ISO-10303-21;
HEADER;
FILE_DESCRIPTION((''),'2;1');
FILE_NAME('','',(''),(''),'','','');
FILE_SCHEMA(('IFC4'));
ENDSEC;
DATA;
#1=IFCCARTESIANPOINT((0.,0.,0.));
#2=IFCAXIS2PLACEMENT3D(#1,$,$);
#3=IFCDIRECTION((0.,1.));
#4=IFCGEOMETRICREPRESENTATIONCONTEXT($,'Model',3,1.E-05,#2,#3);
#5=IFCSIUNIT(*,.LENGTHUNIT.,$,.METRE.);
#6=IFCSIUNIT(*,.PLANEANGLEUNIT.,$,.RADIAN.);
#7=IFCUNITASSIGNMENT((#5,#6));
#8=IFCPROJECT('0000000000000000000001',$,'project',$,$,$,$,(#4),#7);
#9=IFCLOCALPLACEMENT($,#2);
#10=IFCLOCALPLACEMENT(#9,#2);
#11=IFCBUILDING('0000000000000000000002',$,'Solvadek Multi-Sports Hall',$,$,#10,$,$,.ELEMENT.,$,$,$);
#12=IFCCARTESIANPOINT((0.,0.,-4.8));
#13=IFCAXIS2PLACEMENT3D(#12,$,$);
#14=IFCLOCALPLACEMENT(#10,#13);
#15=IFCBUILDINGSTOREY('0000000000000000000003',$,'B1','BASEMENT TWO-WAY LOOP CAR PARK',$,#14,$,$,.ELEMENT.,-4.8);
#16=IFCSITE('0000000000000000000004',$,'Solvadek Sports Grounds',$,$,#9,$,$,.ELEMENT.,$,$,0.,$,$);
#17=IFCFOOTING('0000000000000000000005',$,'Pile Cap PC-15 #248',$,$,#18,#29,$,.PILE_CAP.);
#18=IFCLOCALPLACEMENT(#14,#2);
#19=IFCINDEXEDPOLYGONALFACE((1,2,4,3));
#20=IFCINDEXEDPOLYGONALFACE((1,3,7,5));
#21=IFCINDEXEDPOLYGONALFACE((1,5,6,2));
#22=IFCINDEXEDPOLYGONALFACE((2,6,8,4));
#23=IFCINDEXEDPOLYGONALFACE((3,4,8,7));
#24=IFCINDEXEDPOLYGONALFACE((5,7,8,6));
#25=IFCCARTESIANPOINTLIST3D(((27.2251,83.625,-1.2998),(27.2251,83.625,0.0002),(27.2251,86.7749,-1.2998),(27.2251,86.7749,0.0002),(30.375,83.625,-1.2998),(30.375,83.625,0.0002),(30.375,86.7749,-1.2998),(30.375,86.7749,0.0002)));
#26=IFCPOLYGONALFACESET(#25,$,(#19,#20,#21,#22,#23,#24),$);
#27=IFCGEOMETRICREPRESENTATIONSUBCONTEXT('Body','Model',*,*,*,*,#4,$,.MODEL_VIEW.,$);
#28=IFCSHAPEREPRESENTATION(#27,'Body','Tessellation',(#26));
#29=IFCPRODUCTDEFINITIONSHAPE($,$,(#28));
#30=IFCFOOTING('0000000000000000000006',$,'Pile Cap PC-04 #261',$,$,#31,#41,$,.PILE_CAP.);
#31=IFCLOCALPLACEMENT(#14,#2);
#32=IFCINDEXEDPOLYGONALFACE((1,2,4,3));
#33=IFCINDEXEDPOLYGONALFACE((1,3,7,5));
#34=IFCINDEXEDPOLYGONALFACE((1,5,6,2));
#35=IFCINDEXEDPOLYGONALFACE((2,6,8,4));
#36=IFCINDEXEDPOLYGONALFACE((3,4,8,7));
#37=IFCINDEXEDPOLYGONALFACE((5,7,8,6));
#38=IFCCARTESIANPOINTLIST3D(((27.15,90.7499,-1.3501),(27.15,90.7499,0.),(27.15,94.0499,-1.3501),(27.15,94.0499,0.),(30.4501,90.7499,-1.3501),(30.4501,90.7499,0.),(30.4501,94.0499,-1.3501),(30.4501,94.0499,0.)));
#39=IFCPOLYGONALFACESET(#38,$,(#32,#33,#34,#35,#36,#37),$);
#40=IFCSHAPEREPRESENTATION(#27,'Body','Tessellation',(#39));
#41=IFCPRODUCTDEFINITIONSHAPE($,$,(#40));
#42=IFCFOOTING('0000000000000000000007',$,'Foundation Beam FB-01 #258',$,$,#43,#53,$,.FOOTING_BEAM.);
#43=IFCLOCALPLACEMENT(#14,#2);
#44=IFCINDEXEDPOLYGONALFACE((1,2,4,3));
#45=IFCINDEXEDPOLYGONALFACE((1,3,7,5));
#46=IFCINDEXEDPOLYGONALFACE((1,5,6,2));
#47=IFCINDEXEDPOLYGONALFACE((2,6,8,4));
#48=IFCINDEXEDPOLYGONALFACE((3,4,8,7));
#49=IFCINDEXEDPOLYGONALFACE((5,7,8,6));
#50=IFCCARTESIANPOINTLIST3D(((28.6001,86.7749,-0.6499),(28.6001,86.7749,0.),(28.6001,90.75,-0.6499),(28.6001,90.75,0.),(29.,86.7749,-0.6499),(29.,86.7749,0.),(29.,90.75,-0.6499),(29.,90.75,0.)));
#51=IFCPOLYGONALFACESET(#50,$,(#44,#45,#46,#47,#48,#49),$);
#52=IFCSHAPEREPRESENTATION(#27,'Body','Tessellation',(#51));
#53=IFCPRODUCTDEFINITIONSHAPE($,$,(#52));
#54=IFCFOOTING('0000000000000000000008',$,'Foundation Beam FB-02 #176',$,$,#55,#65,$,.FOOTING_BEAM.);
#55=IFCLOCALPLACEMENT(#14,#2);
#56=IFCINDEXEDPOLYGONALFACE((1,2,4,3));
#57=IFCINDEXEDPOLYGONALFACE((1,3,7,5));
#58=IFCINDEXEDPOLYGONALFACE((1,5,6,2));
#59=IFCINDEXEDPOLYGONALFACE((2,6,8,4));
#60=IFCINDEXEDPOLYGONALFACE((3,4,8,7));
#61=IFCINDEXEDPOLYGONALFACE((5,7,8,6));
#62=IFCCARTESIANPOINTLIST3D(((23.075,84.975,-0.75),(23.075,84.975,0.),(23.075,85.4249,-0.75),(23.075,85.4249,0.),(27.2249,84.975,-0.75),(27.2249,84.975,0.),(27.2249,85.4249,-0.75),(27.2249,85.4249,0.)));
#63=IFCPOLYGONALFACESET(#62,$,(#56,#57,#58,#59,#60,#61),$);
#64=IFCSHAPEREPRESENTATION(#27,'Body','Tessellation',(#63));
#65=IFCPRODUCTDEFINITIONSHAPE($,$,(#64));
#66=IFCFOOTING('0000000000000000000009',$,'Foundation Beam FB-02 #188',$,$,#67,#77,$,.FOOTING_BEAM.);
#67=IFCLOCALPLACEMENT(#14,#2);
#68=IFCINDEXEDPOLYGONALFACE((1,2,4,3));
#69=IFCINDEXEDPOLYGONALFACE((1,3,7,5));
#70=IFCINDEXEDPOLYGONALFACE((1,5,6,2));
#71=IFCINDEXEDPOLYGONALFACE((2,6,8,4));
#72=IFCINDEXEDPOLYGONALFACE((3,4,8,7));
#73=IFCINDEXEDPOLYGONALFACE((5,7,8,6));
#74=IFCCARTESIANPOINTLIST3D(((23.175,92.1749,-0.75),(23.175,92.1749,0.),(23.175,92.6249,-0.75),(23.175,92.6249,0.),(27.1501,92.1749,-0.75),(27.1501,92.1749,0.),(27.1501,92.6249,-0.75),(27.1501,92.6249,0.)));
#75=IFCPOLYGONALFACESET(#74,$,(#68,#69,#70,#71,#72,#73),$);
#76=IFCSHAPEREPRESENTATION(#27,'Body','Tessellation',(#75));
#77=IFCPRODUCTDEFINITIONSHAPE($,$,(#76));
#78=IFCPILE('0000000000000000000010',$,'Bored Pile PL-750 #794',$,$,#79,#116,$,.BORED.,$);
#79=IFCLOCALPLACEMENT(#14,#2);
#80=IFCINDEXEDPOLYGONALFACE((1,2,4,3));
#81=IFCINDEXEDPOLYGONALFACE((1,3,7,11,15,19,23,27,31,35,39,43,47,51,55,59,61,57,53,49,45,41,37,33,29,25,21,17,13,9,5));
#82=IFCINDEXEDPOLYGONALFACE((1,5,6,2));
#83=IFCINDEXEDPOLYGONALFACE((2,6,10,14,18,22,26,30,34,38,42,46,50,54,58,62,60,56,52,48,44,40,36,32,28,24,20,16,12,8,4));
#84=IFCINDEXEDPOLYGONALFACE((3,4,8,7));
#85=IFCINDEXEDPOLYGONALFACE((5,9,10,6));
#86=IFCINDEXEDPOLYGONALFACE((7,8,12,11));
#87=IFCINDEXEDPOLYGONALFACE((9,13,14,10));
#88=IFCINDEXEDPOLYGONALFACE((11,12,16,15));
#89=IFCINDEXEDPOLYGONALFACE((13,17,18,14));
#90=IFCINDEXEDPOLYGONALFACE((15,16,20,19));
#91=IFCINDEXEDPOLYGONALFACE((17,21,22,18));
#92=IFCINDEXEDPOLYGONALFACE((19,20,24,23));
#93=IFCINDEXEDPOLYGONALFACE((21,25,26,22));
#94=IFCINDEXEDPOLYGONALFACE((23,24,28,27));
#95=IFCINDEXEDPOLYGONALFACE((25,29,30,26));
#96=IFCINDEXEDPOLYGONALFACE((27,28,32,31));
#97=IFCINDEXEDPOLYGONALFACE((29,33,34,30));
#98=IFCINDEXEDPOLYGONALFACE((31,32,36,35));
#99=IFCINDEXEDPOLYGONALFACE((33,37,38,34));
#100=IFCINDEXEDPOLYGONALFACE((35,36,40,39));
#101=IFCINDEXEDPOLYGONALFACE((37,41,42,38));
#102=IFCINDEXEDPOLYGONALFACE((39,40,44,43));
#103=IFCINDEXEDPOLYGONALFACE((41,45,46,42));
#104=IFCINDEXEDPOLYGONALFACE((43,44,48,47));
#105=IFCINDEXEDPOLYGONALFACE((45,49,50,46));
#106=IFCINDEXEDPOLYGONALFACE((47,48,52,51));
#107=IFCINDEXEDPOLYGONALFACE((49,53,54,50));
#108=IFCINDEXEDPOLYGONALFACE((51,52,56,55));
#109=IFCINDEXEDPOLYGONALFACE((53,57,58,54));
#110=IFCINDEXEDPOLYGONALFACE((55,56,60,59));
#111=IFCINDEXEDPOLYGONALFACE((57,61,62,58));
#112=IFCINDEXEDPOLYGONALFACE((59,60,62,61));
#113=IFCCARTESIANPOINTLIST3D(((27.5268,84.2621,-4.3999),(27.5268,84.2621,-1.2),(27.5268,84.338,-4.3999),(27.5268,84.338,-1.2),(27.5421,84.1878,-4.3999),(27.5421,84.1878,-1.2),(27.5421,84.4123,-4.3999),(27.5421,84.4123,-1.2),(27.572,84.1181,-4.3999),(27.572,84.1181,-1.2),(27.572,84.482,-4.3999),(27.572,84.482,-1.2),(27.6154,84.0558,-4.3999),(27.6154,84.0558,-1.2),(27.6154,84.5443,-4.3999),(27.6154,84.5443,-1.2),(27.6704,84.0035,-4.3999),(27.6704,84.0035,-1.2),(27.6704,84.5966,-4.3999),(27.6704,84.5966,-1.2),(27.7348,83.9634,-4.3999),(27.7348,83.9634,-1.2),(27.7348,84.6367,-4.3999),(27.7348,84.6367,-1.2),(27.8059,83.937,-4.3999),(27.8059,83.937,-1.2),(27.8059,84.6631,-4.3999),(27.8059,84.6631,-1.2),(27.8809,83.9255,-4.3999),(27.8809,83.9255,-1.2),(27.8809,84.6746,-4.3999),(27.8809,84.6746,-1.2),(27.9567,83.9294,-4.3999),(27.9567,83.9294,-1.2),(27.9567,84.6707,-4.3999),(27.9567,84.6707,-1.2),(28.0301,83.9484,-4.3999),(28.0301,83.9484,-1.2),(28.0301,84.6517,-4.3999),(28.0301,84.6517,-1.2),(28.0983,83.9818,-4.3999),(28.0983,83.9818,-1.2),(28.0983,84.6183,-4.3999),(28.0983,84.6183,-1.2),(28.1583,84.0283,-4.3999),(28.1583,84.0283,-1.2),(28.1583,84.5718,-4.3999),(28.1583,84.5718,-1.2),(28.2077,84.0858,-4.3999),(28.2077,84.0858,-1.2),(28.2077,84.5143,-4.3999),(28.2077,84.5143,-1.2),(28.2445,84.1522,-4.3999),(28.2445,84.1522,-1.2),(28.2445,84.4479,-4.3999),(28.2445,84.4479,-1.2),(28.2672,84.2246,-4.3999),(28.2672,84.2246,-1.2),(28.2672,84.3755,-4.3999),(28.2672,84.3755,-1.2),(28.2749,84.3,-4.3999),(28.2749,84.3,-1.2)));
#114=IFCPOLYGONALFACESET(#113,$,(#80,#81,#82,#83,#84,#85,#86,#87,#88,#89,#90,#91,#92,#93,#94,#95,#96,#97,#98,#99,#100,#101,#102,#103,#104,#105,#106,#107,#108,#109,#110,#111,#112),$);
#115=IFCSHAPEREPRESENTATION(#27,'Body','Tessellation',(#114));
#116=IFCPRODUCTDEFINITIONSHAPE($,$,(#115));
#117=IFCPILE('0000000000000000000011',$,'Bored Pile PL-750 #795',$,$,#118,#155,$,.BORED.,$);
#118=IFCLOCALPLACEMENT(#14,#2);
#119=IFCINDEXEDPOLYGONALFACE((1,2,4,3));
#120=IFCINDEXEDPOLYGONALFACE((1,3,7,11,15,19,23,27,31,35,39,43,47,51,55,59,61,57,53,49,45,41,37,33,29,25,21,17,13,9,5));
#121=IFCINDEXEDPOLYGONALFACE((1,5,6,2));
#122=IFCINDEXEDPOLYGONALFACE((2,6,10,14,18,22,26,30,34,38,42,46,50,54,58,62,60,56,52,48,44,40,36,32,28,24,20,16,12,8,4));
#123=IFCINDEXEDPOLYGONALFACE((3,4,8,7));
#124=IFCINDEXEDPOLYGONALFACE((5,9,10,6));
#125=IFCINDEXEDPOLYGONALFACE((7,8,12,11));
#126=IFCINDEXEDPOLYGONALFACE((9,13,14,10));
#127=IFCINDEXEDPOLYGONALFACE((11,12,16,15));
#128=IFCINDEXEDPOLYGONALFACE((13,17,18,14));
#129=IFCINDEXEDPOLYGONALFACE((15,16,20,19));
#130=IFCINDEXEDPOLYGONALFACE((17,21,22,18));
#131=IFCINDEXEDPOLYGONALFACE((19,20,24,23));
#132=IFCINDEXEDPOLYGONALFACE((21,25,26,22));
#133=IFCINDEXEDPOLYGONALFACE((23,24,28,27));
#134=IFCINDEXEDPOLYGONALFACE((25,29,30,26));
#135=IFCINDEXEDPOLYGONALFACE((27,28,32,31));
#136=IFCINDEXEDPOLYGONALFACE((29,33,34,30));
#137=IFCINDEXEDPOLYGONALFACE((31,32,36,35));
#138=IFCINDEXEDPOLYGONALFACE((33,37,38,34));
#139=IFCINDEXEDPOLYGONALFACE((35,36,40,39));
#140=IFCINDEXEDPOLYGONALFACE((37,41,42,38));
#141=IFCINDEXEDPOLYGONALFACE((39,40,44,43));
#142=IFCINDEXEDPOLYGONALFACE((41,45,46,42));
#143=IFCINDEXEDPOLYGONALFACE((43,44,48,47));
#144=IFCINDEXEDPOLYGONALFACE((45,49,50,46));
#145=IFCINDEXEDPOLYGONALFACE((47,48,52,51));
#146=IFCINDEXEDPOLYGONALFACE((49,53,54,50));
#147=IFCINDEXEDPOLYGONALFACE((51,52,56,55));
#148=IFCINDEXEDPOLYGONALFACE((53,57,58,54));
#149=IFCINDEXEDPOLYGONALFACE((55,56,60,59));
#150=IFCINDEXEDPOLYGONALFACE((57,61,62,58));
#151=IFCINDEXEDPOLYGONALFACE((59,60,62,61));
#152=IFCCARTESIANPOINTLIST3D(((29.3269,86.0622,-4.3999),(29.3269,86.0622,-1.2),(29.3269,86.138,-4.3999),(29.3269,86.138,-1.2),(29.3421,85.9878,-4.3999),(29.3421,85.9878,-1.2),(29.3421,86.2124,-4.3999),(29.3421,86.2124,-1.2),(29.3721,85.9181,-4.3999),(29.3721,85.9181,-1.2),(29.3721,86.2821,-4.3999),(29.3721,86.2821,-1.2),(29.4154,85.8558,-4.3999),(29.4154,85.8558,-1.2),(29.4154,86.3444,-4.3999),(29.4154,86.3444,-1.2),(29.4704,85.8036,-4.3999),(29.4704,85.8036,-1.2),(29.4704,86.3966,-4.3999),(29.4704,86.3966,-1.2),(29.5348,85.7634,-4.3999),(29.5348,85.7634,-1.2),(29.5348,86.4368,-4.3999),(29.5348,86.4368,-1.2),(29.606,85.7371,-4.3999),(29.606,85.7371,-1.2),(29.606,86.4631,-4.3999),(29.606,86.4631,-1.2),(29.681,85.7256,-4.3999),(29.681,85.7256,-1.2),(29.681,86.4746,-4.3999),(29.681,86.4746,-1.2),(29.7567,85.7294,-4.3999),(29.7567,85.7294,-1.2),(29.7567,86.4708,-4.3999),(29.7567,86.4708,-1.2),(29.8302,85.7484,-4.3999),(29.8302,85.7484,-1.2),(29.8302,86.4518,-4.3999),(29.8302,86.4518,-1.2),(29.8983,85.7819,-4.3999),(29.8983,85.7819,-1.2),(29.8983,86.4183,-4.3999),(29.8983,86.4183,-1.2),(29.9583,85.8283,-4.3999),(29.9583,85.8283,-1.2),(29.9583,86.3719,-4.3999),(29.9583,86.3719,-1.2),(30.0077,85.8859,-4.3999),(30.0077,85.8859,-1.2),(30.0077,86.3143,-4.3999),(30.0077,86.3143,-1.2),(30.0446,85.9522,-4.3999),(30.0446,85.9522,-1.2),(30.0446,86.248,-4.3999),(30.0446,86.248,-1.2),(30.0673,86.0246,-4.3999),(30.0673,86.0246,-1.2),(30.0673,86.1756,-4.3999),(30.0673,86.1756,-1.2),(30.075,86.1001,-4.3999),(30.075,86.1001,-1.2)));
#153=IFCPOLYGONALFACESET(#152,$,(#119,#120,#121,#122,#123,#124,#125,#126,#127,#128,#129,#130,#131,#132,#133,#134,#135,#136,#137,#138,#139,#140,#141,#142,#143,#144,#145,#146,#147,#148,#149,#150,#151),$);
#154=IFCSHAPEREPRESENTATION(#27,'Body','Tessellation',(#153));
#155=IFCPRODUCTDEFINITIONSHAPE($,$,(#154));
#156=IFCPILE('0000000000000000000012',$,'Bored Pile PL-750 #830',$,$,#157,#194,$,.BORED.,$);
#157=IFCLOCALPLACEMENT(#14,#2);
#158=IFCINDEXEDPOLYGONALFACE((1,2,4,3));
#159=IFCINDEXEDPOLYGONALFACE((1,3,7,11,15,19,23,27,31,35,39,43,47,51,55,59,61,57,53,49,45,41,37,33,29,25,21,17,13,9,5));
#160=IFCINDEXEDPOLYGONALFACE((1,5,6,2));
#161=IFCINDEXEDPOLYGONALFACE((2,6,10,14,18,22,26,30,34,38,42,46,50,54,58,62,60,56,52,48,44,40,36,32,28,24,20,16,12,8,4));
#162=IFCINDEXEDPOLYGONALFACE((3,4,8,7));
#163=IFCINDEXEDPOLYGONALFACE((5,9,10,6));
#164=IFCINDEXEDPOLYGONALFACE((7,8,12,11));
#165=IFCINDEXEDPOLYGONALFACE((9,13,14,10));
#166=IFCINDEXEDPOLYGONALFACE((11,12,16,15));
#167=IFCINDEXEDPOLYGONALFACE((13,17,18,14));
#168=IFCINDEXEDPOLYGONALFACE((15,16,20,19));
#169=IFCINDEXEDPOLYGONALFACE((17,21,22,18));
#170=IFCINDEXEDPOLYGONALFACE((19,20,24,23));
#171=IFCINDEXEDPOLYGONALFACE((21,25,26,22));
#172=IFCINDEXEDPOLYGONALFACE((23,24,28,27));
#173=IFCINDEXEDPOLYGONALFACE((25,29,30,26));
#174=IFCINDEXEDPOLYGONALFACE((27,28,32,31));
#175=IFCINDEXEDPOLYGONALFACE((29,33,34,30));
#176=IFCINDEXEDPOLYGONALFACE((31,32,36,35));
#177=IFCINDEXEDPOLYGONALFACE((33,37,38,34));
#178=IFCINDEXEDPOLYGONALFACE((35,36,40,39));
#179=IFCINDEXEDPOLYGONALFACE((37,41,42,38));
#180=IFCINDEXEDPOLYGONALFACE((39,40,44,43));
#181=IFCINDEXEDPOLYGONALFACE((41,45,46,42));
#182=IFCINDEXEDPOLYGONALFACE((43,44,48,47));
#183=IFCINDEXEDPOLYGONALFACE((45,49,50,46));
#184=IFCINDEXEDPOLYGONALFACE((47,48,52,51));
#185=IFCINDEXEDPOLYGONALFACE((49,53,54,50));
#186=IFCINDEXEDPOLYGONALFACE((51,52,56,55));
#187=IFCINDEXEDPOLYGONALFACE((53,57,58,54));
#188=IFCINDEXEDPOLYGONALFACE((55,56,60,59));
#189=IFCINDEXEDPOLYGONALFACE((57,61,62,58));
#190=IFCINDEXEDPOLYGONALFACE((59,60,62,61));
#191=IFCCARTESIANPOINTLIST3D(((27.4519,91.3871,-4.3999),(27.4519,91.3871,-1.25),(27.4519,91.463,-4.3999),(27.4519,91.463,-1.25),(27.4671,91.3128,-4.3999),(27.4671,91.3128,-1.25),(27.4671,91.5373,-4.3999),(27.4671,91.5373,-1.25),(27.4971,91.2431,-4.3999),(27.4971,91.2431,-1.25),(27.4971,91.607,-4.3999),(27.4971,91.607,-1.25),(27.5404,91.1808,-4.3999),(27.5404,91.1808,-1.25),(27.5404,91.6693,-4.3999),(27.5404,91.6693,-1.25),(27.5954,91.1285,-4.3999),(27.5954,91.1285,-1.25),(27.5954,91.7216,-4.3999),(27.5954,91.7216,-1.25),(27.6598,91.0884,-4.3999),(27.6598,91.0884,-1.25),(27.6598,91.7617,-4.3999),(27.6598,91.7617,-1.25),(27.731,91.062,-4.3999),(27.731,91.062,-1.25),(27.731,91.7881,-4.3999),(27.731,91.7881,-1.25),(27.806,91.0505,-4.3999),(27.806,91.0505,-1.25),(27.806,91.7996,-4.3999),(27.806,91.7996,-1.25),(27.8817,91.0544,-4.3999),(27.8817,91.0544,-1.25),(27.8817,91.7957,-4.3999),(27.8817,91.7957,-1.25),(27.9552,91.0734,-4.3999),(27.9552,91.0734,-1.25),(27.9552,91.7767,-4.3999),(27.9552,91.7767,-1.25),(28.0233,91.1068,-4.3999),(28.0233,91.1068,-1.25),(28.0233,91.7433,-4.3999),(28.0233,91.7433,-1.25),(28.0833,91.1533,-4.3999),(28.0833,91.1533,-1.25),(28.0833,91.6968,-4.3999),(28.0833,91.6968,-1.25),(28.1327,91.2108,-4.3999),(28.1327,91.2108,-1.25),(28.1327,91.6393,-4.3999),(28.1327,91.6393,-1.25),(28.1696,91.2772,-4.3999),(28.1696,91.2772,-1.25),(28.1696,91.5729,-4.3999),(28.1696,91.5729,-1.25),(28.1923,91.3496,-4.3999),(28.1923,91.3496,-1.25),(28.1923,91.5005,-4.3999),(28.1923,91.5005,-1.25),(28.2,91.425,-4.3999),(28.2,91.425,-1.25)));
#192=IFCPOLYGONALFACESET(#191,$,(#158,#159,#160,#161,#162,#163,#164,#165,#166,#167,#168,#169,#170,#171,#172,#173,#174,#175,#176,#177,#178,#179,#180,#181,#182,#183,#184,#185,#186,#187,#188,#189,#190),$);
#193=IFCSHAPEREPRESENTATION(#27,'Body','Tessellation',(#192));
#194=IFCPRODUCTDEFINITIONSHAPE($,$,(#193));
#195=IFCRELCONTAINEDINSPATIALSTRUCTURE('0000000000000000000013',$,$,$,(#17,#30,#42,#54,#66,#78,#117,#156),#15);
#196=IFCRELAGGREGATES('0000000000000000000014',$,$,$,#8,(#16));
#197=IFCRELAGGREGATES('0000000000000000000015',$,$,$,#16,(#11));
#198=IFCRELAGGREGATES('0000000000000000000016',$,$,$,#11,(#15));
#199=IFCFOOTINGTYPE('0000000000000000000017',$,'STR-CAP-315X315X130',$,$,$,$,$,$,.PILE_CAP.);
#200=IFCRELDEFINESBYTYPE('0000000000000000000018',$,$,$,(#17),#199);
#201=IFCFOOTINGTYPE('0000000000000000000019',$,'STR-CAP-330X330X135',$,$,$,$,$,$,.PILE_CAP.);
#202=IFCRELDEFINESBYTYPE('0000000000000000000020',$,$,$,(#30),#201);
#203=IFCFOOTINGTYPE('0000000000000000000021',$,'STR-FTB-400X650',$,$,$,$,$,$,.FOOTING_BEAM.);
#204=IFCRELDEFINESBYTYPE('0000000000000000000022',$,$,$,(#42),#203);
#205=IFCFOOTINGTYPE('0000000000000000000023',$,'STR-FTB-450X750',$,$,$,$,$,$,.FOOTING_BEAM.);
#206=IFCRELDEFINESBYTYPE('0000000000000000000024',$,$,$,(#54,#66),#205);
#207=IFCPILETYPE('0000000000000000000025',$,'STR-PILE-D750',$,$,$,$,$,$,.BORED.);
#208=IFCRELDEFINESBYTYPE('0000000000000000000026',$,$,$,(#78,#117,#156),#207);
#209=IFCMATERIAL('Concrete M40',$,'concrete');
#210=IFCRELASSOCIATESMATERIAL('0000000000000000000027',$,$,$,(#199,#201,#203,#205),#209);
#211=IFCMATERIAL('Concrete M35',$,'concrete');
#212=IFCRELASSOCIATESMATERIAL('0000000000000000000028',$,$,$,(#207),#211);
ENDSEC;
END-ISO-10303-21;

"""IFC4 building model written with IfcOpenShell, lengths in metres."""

from ifc_helpers import new_model, si_unit, direction, frame, origin, origin_2d, place, context, subcontext, project, spatial, rectangle, circle, extrude, material, material_profile, profile_set, type_object, element, save


model = new_model("IFC4")

# Units and contexts
model_context = context("Model", 3, precision=1e-05, world=origin(), true_north=direction((0.0, 1.0)))
body_context = subcontext(model_context, "Body", "Model", "MODEL_VIEW")
ifc_project = project(units=[si_unit("LENGTHUNIT", "METRE"), si_unit("PLANEANGLEUNIT", "RADIAN")], contexts=[model_context])

# Site, building, storey
site_placement = place(None, origin())
site = spatial("IfcSite", under=ifc_project, at=site_placement, Name="Solvadek Sports Grounds", CompositionType="ELEMENT", RefElevation=0.0)
building_placement = place(site_placement, origin())
building = spatial("IfcBuilding", under=site, at=building_placement, Name="Solvadek Multi-Sports Hall", CompositionType="ELEMENT")
storey_placement = place(building_placement, frame((0.0, 0.0, -4.8)))
storey = spatial("IfcBuildingStorey", under=building, at=storey_placement, Name="B1", Description="BASEMENT TWO-WAY LOOP CAR PARK", CompositionType="ELEMENT", Elevation=-4.8)

# Footings
ifc_material_1 = material(Name="Concrete M40", Category="concrete")
footing_type_1 = type_object("IfcFootingType", Name="STR-CAP-315X315X130", PredefinedType="PILE_CAP", material=ifc_material_1)
footing_1_placement = place(storey_placement, frame((28.8, 85.2, -1.2998), z_axis=(0.0, 0.0, 1.0), x_axis=(1.0, 0.0, 0.0)))
element("IfcFooting", 1, at=footing_1_placement, inside=storey, type_object=footing_type_1, Name="Pile Cap PC-15 #248", PredefinedType="PILE_CAP", context=body_context, shape_type="SweptSolid", body=[
    extrude(rectangle(XDim=3.1499, YDim=3.1499, at=origin_2d()), origin(), (0.0, 0.0, 1.0), 1.3),
])
footing_type_2 = type_object("IfcFootingType", Name="STR-CAP-330X330X135", PredefinedType="PILE_CAP", material=ifc_material_1)
footing_2_placement = place(storey_placement, frame((28.8, 92.3999, -1.3501), z_axis=(0.0, 0.0, 1.0), x_axis=(1.0, 0.0, 0.0)))
element("IfcFooting", 2, at=footing_2_placement, inside=storey, type_object=footing_type_2, Name="Pile Cap PC-04 #261", PredefinedType="PILE_CAP", context=body_context, shape_type="SweptSolid", body=[
    extrude(rectangle(XDim=3.3, YDim=3.3, at=origin_2d()), origin(), (0.0, 0.0, 1.0), 1.3501),
])
footing_type_3 = type_object("IfcFootingType", Name="STR-FTB-400X650", PredefinedType="FOOTING_BEAM", material=ifc_material_1)
footing_3_placement = place(storey_placement, frame((28.8, 88.7625, -0.6499), z_axis=(0.0, 0.0, 1.0), x_axis=(0.0, 1.0, 0.0)))
element("IfcFooting", 3, at=footing_3_placement, inside=storey, type_object=footing_type_3, Name="Foundation Beam FB-01 #258", PredefinedType="FOOTING_BEAM", context=body_context, shape_type="SweptSolid", body=[
    extrude(rectangle(XDim=3.9751, YDim=0.3999, at=origin_2d()), origin(), (0.0, 0.0, 1.0), 0.6499),
])
footing_type_4 = type_object("IfcFootingType", Name="STR-FTB-450X750", PredefinedType="FOOTING_BEAM", material=ifc_material_1)
footing_4_placement = place(storey_placement, frame((25.1499, 85.2, -0.75), z_axis=(0.0, 0.0, 1.0), x_axis=(1.0, 0.0, 0.0)))
element("IfcFooting", 4, at=footing_4_placement, inside=storey, type_object=footing_type_4, Name="Foundation Beam FB-02 #176", PredefinedType="FOOTING_BEAM", context=body_context, shape_type="SweptSolid", body=[
    extrude(rectangle(XDim=4.1499, YDim=0.45, at=origin_2d()), origin(), (0.0, 0.0, 1.0), 0.75),
])
footing_5_placement = place(storey_placement, frame((25.1626, 92.3999, -0.75), z_axis=(0.0, 0.0, 1.0), x_axis=(1.0, 0.0, 0.0)))
element("IfcFooting", 5, at=footing_5_placement, inside=storey, type_object=footing_type_4, Name="Foundation Beam FB-02 #188", PredefinedType="FOOTING_BEAM", context=body_context, shape_type="SweptSolid", body=[
    extrude(rectangle(XDim=3.9751, YDim=0.45, at=origin_2d()), origin(), (0.0, 0.0, 1.0), 0.75),
])

# Piles
ifc_material_2 = material(Name="Concrete M35", Category="concrete")
ifc_material_profile_1 = material_profile(ifc_material_2, circle(Radius=0.375, at=origin_2d()), Name="BORED PILE D750")
ifc_profile_set_1 = profile_set([ifc_material_profile_1], Name="Concrete M35")
pile_type = type_object("IfcPileType", Name="STR-PILE-D750", PredefinedType="BORED", material=ifc_profile_set_1)
for number, where, z_axis, x_axis, name in (
    (6, (27.8999, 84.3, -1.2), (0.0, 0.0, -1.0), (1.0, 0.0, 0.0), "Bored Pile PL-750 #794"),
    (7, (29.7, 86.1001, -1.2), (0.0, 0.0, -1.0), (1.0, 0.0, 0.0), "Bored Pile PL-750 #795"),
):
    element("IfcPile", number, at=place(storey_placement, frame(where, z_axis=z_axis, x_axis=x_axis)), inside=storey, type_object=pile_type, Name=name, PredefinedType="BORED", context=body_context, shape_type="SweptSolid", body=[
        extrude(circle(Radius=0.375, at=origin_2d()), origin(), (0.0, 0.0, 1.0), 3.2),
    ])
for number, where, z_axis, x_axis, name in (
    (8, (27.825, 91.425, -1.25), (0.0, 0.0, -1.0), (1.0, 0.0, 0.0), "Bored Pile PL-750 #830"),
):
    element("IfcPile", number, at=place(storey_placement, frame(where, z_axis=z_axis, x_axis=x_axis)), inside=storey, type_object=pile_type, Name=name, PredefinedType="BORED", context=body_context, shape_type="SweptSolid", body=[
        extrude(circle(Radius=0.375, at=origin_2d()), origin(), (0.0, 0.0, 1.0), 3.1499),
    ])

save(model, "model.ifc")
